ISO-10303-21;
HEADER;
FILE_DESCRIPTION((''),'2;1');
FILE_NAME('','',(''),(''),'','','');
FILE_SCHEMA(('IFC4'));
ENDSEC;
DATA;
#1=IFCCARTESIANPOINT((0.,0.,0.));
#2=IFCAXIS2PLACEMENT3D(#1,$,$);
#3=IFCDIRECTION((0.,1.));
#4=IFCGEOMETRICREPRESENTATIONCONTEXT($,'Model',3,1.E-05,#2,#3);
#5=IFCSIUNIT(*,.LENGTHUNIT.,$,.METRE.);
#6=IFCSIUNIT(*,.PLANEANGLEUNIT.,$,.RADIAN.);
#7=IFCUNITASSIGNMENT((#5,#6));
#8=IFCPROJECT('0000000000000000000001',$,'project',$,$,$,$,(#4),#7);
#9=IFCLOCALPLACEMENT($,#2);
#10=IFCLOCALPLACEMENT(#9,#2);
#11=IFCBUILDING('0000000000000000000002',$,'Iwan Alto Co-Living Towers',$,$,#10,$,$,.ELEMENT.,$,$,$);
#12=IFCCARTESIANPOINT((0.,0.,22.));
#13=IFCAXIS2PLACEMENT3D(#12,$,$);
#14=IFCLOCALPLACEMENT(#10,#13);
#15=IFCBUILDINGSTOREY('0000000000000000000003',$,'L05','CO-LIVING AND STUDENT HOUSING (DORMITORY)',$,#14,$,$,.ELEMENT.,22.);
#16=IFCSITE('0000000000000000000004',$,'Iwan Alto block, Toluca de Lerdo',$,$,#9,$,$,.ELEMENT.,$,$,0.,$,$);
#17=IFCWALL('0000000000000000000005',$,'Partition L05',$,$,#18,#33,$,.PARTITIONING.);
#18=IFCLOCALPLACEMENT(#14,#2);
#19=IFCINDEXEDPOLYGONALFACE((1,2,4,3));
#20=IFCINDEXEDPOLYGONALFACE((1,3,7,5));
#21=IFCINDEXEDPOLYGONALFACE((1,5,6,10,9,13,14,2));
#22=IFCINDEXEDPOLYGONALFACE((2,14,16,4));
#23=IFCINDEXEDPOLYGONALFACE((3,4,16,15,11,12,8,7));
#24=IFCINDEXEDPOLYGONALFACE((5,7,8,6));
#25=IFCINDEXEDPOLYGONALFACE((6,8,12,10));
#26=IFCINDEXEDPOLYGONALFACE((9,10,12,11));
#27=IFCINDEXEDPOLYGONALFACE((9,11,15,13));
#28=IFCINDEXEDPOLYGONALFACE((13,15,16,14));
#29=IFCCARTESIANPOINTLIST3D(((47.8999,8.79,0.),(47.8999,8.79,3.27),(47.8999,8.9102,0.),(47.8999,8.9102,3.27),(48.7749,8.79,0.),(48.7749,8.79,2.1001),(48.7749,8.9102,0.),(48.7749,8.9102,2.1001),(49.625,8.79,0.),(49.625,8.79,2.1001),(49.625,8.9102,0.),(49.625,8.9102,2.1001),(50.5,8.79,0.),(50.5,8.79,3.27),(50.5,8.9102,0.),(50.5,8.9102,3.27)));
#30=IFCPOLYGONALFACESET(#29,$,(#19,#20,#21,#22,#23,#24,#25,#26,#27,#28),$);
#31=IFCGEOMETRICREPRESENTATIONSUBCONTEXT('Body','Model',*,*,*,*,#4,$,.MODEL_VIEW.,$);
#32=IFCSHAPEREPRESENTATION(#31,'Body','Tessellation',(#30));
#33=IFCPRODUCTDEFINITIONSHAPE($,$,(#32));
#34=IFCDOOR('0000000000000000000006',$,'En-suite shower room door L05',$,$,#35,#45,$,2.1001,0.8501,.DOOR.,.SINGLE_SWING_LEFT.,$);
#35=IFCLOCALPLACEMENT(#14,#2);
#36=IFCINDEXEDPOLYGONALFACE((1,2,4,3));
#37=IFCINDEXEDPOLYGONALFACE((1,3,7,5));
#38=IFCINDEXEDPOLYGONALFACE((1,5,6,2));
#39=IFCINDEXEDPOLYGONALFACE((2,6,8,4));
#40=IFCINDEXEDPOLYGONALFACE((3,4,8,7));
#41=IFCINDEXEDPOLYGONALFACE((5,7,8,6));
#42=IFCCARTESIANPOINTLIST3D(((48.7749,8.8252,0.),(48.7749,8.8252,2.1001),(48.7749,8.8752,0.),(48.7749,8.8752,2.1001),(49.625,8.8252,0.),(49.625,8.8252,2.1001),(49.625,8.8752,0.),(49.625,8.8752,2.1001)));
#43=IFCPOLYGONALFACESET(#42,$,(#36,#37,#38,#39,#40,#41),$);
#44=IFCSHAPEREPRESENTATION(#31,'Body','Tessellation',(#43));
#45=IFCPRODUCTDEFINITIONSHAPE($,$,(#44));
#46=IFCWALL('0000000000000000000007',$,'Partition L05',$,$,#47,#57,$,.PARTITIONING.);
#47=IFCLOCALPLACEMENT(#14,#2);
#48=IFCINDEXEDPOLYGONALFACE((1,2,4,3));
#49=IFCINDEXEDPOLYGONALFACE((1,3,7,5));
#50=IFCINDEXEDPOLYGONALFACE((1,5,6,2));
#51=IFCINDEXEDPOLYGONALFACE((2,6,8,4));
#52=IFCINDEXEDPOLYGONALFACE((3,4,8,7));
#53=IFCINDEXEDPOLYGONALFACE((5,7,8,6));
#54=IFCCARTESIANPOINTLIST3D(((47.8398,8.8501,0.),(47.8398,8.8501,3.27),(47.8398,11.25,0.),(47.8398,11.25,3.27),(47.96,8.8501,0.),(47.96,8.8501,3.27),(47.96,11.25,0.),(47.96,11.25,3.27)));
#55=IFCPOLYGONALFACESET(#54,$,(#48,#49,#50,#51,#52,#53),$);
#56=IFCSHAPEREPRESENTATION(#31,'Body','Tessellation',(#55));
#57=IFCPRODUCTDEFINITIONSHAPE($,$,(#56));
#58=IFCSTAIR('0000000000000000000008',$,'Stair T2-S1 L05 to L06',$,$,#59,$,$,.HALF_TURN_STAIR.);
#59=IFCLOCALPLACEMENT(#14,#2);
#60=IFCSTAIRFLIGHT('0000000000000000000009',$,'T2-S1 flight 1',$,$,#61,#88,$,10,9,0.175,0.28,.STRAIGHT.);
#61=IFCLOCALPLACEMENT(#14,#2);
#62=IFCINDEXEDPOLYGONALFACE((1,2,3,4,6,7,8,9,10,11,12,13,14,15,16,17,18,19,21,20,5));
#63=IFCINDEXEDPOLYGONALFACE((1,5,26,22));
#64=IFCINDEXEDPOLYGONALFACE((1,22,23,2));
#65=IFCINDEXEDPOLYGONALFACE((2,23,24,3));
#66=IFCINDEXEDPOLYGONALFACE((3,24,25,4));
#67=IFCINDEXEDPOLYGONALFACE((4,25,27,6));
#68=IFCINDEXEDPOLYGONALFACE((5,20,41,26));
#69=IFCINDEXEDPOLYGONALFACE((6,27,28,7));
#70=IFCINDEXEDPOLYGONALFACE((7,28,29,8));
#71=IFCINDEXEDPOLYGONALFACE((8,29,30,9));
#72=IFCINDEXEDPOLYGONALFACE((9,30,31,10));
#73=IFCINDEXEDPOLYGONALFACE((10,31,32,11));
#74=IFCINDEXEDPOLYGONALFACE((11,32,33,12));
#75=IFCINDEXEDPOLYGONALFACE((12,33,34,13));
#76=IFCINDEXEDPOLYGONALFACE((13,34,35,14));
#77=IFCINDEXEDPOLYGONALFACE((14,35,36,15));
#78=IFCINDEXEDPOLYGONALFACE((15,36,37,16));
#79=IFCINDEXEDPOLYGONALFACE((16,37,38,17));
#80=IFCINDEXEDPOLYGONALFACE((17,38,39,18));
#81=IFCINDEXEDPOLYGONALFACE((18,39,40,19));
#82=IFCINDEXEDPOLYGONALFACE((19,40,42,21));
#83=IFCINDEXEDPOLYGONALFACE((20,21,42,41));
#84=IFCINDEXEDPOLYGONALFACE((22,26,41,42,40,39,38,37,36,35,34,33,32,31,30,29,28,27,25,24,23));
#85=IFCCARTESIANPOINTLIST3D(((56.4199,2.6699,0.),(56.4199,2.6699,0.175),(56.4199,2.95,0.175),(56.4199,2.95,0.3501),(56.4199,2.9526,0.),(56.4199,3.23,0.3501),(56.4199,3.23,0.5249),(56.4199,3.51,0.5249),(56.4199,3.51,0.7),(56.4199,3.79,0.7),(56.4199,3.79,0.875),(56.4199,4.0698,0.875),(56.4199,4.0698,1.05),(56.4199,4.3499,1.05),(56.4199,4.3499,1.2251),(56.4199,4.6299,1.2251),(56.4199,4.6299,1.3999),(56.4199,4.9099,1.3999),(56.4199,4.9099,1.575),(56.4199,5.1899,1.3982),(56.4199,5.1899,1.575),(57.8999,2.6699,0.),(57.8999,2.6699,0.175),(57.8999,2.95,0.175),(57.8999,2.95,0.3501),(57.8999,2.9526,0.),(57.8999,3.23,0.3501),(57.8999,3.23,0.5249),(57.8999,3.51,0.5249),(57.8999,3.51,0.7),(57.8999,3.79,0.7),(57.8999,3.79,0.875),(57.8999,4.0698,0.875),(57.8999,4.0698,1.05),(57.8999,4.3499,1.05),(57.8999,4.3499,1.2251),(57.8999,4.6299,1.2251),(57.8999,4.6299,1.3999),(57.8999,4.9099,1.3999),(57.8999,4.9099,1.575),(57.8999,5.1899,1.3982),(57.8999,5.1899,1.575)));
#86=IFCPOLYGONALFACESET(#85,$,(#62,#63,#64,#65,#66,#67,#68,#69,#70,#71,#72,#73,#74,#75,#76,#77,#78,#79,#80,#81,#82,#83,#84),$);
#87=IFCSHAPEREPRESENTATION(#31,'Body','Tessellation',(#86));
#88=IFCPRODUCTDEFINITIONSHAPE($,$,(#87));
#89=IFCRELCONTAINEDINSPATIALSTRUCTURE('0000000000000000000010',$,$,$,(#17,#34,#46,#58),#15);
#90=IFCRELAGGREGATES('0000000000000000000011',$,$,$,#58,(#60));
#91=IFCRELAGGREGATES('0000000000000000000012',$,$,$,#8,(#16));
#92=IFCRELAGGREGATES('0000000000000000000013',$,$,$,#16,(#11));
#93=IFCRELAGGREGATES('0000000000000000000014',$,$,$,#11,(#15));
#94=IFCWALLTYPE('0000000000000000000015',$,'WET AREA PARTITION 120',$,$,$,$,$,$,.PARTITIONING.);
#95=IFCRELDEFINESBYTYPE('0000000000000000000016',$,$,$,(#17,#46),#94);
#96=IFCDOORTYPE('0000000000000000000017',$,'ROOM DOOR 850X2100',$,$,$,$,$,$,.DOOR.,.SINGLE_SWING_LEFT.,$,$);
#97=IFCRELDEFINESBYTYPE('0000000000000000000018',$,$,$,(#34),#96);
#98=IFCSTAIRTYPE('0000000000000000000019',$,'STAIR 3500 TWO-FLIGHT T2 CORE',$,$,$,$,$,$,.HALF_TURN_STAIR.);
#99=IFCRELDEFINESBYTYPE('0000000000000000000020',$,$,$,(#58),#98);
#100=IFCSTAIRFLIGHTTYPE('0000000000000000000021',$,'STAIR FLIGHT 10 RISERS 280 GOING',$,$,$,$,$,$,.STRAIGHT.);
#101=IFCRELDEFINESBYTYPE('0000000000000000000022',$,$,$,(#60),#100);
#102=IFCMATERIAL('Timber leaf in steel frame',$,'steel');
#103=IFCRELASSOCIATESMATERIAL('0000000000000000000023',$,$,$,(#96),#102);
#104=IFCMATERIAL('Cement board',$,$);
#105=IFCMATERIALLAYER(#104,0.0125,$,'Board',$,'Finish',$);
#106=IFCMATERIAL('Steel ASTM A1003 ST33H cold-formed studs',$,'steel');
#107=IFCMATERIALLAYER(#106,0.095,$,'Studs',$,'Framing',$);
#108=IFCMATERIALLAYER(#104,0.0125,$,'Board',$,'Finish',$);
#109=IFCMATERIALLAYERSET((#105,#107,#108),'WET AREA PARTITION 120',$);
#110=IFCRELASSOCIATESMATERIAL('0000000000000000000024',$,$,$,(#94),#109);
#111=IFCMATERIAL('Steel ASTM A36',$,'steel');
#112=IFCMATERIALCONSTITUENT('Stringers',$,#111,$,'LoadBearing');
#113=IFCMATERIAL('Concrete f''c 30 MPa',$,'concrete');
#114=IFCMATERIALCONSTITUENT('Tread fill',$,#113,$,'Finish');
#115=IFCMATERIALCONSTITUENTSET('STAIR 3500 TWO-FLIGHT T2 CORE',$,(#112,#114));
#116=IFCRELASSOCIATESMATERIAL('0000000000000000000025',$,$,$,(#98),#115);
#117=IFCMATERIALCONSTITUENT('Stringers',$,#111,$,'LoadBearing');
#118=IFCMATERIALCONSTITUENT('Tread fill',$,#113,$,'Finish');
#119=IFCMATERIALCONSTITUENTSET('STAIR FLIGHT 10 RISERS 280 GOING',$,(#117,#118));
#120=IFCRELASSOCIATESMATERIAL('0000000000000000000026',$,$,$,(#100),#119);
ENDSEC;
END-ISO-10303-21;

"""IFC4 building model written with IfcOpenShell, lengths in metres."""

from ifc_helpers import new_model, si_unit, direction, frame, frame_2d, origin, place, context, subcontext, project, spatial, polyline, rectangle, outline, extrude, material, layer, layer_set, constituent, constituent_set, type_object, element, fill, aggregate, save


model = new_model("IFC4")

# Units and contexts
model_context = context("Model", 3, precision=1e-05, world=origin(), true_north=direction((0.0, 1.0)))
body_context = subcontext(model_context, "Body", "Model", "MODEL_VIEW")
ifc_project = project(units=[si_unit("LENGTHUNIT", "METRE"), si_unit("PLANEANGLEUNIT", "RADIAN")], contexts=[model_context])

# Site, building, storey
site_placement = place(None, origin())
site = spatial("IfcSite", under=ifc_project, at=site_placement, Name="Iwan Alto block, Toluca de Lerdo", CompositionType="ELEMENT", RefElevation=0.0)
building_placement = place(site_placement, origin())
building = spatial("IfcBuilding", under=site, at=building_placement, Name="Iwan Alto Co-Living Towers", CompositionType="ELEMENT")
storey_placement = place(building_placement, frame((0.0, 0.0, 22.0)))
storey = spatial("IfcBuildingStorey", under=building, at=storey_placement, Name="L05", Description="CO-LIVING AND STUDENT HOUSING (DORMITORY)", CompositionType="ELEMENT", Elevation=22.0)

# Shared definitions
ifc_material_1 = material(Name="Steel ASTM A1003 ST33H cold-formed studs", Category="steel")
ifc_material_2 = material(Name="Timber leaf in steel frame", Category="steel")
door_type_1 = type_object("IfcDoorType", Name="ROOM DOOR 850X2100", OperationType="SINGLE_SWING_LEFT", PredefinedType="DOOR", material=ifc_material_2)

# Shared definitions
ifc_material_3 = material(Name="Cement board")
ifc_layer_1 = layer(ifc_material_3, 0.0125, Name="Board", Category="Finish")
ifc_layer_2 = layer(ifc_material_1, 0.095, Name="Studs", Category="Framing")
ifc_layer_3 = layer(ifc_material_3, 0.0125, Name="Board", Category="Finish")
ifc_layer_set_1 = layer_set([ifc_layer_1, ifc_layer_2, ifc_layer_3], Name="WET AREA PARTITION 120")
wall_type_1 = type_object("IfcWallType", Name="WET AREA PARTITION 120", PredefinedType="PARTITIONING", material=ifc_layer_set_1)

# Wall, opening, door
wall_1_placement = place(storey_placement, frame((47.8999, 8.8501, 0.0), z_axis=(0.0, 0.0, 1.0), x_axis=(1.0, 0.0, 0.0)))
wall_1 = element("IfcWall", 1, at=wall_1_placement, inside=storey, type_object=wall_type_1, Name="Partition L05", PredefinedType="PARTITIONING", context=body_context, shape_type="SweptSolid", body=[
    extrude(rectangle(XDim=2.6001, YDim=0.1201, at=frame_2d((1.3, 0.0))), origin(), (0.0, 0.0, 1.0), 3.27),
])
opening_1_placement = place(wall_1_placement, frame((0.875, 0.0, 0.0)))
opening_1 = element("IfcOpeningElement", 2, at=opening_1_placement, cuts=wall_1, PredefinedType="OPENING", context=body_context, shape_type="SweptSolid", body=[
    extrude(rectangle(XDim=0.8501, YDim=2.1001, at=frame_2d((0.425, 1.05))), frame((0.0, 0.0701, 0.0), z_axis=(0.0, -1.0, 0.0), x_axis=(1.0, 0.0, 0.0)), (0.0, 0.0, 1.0), 0.1401),
])
door_1_placement = place(opening_1_placement, frame((0.8501, 0.0, 0.0), z_axis=(0.0, 0.0, 1.0), x_axis=(-1.0, 0.0, 0.0)))
door_1 = element("IfcDoor", 3, at=door_1_placement, inside=storey, type_object=door_type_1, Name="En-suite shower room door L05", OperationType="SINGLE_SWING_LEFT", OverallHeight=2.1001, OverallWidth=0.8501, PredefinedType="DOOR", context=body_context, shape_type="SweptSolid", body=[
    extrude(rectangle(XDim=0.8501, YDim=2.1001, at=frame_2d((0.425, 1.05))), frame((0.0, 0.0249, 0.0), z_axis=(0.0, -1.0, 0.0), x_axis=(1.0, 0.0, 0.0)), (0.0, 0.0, 1.0), 0.05),
])
fill(opening_1, door_1)

# Wall
wall_2_placement = place(storey_placement, frame((47.8999, 8.8501, 0.0), z_axis=(0.0, 0.0, 1.0), x_axis=(0.0, 1.0, 0.0)))
element("IfcWall", 4, at=wall_2_placement, inside=storey, type_object=wall_type_1, Name="Partition L05", PredefinedType="PARTITIONING", context=body_context, shape_type="SweptSolid", body=[
    extrude(rectangle(XDim=2.3999, YDim=0.1201, at=frame_2d((1.2, 0.0))), origin(), (0.0, 0.0, 1.0), 3.27),
])

# Stair, stair flight
ifc_material_4 = material(Name="Steel ASTM A36", Category="steel")
ifc_constituent_1 = constituent(ifc_material_4, Name="Stringers", Category="LoadBearing")
ifc_material_5 = material(Name="Concrete f'c 30 MPa", Category="concrete")
ifc_constituent_2 = constituent(ifc_material_5, Name="Tread fill", Category="Finish")
ifc_constituent_set_1 = constituent_set(constituents=[ifc_constituent_1, ifc_constituent_2], Name="STAIR 3500 TWO-FLIGHT T2 CORE")
stair_type = type_object("IfcStairType", Name="STAIR 3500 TWO-FLIGHT T2 CORE", PredefinedType="HALF_TURN_STAIR", material=ifc_constituent_set_1)
stair_placement = place(storey_placement, origin())
stair = element("IfcStair", 5, at=stair_placement, inside=storey, type_object=stair_type, Name="Stair T2-S1 L05 to L06", PredefinedType="HALF_TURN_STAIR")
ifc_constituent_3 = constituent(ifc_material_4, Name="Stringers", Category="LoadBearing")
ifc_constituent_4 = constituent(ifc_material_5, Name="Tread fill", Category="Finish")
ifc_constituent_set_2 = constituent_set(constituents=[ifc_constituent_3, ifc_constituent_4], Name="STAIR FLIGHT 10 RISERS 280 GOING")
stair_flight_type = type_object("IfcStairFlightType", Name="STAIR FLIGHT 10 RISERS 280 GOING", PredefinedType="STRAIGHT", material=ifc_constituent_set_2)
stair_flight_placement = place(storey_placement, frame((57.1599, 2.6699, 0.0), z_axis=(0.0, 0.0, 1.0), x_axis=(0.0, 1.0, 0.0)))
stair_flight = element("IfcStairFlight", 6, at=stair_flight_placement, type_object=stair_flight_type, Name="T2-S1 flight 1", NumberOfRisers=10, NumberOfTreads=9, PredefinedType="STRAIGHT", RiserHeight=0.175, TreadLength=0.28, context=body_context, shape_type="SweptSolid", body=[
    extrude(outline(polyline([(0.0, 0.0), (0.0, 0.175), (0.28, 0.175), (0.28, 0.3501), (0.5601, 0.3501), (0.5601, 0.5249), (0.8401, 0.5249), (0.8401, 0.7), (1.1201, 0.7), (1.1201, 0.875), (1.3999, 0.875), (1.3999, 1.05), (1.6799, 1.05), (1.6799, 1.2251), (1.96, 1.2251), (1.96, 1.3999), (2.24, 1.3999), (2.24, 1.575), (2.52, 1.575), (2.52, 1.75), (2.52, 1.3982), (0.2827, 0.0), (0.0, 0.0)])), frame((0.0, 0.74, 0.0), z_axis=(0.0, -1.0, 0.0), x_axis=(1.0, 0.0, 0.0)), (0.0, 0.0, 1.0), 1.48),
])
aggregate(stair, [stair_flight])

save(model, "model.ifc")
